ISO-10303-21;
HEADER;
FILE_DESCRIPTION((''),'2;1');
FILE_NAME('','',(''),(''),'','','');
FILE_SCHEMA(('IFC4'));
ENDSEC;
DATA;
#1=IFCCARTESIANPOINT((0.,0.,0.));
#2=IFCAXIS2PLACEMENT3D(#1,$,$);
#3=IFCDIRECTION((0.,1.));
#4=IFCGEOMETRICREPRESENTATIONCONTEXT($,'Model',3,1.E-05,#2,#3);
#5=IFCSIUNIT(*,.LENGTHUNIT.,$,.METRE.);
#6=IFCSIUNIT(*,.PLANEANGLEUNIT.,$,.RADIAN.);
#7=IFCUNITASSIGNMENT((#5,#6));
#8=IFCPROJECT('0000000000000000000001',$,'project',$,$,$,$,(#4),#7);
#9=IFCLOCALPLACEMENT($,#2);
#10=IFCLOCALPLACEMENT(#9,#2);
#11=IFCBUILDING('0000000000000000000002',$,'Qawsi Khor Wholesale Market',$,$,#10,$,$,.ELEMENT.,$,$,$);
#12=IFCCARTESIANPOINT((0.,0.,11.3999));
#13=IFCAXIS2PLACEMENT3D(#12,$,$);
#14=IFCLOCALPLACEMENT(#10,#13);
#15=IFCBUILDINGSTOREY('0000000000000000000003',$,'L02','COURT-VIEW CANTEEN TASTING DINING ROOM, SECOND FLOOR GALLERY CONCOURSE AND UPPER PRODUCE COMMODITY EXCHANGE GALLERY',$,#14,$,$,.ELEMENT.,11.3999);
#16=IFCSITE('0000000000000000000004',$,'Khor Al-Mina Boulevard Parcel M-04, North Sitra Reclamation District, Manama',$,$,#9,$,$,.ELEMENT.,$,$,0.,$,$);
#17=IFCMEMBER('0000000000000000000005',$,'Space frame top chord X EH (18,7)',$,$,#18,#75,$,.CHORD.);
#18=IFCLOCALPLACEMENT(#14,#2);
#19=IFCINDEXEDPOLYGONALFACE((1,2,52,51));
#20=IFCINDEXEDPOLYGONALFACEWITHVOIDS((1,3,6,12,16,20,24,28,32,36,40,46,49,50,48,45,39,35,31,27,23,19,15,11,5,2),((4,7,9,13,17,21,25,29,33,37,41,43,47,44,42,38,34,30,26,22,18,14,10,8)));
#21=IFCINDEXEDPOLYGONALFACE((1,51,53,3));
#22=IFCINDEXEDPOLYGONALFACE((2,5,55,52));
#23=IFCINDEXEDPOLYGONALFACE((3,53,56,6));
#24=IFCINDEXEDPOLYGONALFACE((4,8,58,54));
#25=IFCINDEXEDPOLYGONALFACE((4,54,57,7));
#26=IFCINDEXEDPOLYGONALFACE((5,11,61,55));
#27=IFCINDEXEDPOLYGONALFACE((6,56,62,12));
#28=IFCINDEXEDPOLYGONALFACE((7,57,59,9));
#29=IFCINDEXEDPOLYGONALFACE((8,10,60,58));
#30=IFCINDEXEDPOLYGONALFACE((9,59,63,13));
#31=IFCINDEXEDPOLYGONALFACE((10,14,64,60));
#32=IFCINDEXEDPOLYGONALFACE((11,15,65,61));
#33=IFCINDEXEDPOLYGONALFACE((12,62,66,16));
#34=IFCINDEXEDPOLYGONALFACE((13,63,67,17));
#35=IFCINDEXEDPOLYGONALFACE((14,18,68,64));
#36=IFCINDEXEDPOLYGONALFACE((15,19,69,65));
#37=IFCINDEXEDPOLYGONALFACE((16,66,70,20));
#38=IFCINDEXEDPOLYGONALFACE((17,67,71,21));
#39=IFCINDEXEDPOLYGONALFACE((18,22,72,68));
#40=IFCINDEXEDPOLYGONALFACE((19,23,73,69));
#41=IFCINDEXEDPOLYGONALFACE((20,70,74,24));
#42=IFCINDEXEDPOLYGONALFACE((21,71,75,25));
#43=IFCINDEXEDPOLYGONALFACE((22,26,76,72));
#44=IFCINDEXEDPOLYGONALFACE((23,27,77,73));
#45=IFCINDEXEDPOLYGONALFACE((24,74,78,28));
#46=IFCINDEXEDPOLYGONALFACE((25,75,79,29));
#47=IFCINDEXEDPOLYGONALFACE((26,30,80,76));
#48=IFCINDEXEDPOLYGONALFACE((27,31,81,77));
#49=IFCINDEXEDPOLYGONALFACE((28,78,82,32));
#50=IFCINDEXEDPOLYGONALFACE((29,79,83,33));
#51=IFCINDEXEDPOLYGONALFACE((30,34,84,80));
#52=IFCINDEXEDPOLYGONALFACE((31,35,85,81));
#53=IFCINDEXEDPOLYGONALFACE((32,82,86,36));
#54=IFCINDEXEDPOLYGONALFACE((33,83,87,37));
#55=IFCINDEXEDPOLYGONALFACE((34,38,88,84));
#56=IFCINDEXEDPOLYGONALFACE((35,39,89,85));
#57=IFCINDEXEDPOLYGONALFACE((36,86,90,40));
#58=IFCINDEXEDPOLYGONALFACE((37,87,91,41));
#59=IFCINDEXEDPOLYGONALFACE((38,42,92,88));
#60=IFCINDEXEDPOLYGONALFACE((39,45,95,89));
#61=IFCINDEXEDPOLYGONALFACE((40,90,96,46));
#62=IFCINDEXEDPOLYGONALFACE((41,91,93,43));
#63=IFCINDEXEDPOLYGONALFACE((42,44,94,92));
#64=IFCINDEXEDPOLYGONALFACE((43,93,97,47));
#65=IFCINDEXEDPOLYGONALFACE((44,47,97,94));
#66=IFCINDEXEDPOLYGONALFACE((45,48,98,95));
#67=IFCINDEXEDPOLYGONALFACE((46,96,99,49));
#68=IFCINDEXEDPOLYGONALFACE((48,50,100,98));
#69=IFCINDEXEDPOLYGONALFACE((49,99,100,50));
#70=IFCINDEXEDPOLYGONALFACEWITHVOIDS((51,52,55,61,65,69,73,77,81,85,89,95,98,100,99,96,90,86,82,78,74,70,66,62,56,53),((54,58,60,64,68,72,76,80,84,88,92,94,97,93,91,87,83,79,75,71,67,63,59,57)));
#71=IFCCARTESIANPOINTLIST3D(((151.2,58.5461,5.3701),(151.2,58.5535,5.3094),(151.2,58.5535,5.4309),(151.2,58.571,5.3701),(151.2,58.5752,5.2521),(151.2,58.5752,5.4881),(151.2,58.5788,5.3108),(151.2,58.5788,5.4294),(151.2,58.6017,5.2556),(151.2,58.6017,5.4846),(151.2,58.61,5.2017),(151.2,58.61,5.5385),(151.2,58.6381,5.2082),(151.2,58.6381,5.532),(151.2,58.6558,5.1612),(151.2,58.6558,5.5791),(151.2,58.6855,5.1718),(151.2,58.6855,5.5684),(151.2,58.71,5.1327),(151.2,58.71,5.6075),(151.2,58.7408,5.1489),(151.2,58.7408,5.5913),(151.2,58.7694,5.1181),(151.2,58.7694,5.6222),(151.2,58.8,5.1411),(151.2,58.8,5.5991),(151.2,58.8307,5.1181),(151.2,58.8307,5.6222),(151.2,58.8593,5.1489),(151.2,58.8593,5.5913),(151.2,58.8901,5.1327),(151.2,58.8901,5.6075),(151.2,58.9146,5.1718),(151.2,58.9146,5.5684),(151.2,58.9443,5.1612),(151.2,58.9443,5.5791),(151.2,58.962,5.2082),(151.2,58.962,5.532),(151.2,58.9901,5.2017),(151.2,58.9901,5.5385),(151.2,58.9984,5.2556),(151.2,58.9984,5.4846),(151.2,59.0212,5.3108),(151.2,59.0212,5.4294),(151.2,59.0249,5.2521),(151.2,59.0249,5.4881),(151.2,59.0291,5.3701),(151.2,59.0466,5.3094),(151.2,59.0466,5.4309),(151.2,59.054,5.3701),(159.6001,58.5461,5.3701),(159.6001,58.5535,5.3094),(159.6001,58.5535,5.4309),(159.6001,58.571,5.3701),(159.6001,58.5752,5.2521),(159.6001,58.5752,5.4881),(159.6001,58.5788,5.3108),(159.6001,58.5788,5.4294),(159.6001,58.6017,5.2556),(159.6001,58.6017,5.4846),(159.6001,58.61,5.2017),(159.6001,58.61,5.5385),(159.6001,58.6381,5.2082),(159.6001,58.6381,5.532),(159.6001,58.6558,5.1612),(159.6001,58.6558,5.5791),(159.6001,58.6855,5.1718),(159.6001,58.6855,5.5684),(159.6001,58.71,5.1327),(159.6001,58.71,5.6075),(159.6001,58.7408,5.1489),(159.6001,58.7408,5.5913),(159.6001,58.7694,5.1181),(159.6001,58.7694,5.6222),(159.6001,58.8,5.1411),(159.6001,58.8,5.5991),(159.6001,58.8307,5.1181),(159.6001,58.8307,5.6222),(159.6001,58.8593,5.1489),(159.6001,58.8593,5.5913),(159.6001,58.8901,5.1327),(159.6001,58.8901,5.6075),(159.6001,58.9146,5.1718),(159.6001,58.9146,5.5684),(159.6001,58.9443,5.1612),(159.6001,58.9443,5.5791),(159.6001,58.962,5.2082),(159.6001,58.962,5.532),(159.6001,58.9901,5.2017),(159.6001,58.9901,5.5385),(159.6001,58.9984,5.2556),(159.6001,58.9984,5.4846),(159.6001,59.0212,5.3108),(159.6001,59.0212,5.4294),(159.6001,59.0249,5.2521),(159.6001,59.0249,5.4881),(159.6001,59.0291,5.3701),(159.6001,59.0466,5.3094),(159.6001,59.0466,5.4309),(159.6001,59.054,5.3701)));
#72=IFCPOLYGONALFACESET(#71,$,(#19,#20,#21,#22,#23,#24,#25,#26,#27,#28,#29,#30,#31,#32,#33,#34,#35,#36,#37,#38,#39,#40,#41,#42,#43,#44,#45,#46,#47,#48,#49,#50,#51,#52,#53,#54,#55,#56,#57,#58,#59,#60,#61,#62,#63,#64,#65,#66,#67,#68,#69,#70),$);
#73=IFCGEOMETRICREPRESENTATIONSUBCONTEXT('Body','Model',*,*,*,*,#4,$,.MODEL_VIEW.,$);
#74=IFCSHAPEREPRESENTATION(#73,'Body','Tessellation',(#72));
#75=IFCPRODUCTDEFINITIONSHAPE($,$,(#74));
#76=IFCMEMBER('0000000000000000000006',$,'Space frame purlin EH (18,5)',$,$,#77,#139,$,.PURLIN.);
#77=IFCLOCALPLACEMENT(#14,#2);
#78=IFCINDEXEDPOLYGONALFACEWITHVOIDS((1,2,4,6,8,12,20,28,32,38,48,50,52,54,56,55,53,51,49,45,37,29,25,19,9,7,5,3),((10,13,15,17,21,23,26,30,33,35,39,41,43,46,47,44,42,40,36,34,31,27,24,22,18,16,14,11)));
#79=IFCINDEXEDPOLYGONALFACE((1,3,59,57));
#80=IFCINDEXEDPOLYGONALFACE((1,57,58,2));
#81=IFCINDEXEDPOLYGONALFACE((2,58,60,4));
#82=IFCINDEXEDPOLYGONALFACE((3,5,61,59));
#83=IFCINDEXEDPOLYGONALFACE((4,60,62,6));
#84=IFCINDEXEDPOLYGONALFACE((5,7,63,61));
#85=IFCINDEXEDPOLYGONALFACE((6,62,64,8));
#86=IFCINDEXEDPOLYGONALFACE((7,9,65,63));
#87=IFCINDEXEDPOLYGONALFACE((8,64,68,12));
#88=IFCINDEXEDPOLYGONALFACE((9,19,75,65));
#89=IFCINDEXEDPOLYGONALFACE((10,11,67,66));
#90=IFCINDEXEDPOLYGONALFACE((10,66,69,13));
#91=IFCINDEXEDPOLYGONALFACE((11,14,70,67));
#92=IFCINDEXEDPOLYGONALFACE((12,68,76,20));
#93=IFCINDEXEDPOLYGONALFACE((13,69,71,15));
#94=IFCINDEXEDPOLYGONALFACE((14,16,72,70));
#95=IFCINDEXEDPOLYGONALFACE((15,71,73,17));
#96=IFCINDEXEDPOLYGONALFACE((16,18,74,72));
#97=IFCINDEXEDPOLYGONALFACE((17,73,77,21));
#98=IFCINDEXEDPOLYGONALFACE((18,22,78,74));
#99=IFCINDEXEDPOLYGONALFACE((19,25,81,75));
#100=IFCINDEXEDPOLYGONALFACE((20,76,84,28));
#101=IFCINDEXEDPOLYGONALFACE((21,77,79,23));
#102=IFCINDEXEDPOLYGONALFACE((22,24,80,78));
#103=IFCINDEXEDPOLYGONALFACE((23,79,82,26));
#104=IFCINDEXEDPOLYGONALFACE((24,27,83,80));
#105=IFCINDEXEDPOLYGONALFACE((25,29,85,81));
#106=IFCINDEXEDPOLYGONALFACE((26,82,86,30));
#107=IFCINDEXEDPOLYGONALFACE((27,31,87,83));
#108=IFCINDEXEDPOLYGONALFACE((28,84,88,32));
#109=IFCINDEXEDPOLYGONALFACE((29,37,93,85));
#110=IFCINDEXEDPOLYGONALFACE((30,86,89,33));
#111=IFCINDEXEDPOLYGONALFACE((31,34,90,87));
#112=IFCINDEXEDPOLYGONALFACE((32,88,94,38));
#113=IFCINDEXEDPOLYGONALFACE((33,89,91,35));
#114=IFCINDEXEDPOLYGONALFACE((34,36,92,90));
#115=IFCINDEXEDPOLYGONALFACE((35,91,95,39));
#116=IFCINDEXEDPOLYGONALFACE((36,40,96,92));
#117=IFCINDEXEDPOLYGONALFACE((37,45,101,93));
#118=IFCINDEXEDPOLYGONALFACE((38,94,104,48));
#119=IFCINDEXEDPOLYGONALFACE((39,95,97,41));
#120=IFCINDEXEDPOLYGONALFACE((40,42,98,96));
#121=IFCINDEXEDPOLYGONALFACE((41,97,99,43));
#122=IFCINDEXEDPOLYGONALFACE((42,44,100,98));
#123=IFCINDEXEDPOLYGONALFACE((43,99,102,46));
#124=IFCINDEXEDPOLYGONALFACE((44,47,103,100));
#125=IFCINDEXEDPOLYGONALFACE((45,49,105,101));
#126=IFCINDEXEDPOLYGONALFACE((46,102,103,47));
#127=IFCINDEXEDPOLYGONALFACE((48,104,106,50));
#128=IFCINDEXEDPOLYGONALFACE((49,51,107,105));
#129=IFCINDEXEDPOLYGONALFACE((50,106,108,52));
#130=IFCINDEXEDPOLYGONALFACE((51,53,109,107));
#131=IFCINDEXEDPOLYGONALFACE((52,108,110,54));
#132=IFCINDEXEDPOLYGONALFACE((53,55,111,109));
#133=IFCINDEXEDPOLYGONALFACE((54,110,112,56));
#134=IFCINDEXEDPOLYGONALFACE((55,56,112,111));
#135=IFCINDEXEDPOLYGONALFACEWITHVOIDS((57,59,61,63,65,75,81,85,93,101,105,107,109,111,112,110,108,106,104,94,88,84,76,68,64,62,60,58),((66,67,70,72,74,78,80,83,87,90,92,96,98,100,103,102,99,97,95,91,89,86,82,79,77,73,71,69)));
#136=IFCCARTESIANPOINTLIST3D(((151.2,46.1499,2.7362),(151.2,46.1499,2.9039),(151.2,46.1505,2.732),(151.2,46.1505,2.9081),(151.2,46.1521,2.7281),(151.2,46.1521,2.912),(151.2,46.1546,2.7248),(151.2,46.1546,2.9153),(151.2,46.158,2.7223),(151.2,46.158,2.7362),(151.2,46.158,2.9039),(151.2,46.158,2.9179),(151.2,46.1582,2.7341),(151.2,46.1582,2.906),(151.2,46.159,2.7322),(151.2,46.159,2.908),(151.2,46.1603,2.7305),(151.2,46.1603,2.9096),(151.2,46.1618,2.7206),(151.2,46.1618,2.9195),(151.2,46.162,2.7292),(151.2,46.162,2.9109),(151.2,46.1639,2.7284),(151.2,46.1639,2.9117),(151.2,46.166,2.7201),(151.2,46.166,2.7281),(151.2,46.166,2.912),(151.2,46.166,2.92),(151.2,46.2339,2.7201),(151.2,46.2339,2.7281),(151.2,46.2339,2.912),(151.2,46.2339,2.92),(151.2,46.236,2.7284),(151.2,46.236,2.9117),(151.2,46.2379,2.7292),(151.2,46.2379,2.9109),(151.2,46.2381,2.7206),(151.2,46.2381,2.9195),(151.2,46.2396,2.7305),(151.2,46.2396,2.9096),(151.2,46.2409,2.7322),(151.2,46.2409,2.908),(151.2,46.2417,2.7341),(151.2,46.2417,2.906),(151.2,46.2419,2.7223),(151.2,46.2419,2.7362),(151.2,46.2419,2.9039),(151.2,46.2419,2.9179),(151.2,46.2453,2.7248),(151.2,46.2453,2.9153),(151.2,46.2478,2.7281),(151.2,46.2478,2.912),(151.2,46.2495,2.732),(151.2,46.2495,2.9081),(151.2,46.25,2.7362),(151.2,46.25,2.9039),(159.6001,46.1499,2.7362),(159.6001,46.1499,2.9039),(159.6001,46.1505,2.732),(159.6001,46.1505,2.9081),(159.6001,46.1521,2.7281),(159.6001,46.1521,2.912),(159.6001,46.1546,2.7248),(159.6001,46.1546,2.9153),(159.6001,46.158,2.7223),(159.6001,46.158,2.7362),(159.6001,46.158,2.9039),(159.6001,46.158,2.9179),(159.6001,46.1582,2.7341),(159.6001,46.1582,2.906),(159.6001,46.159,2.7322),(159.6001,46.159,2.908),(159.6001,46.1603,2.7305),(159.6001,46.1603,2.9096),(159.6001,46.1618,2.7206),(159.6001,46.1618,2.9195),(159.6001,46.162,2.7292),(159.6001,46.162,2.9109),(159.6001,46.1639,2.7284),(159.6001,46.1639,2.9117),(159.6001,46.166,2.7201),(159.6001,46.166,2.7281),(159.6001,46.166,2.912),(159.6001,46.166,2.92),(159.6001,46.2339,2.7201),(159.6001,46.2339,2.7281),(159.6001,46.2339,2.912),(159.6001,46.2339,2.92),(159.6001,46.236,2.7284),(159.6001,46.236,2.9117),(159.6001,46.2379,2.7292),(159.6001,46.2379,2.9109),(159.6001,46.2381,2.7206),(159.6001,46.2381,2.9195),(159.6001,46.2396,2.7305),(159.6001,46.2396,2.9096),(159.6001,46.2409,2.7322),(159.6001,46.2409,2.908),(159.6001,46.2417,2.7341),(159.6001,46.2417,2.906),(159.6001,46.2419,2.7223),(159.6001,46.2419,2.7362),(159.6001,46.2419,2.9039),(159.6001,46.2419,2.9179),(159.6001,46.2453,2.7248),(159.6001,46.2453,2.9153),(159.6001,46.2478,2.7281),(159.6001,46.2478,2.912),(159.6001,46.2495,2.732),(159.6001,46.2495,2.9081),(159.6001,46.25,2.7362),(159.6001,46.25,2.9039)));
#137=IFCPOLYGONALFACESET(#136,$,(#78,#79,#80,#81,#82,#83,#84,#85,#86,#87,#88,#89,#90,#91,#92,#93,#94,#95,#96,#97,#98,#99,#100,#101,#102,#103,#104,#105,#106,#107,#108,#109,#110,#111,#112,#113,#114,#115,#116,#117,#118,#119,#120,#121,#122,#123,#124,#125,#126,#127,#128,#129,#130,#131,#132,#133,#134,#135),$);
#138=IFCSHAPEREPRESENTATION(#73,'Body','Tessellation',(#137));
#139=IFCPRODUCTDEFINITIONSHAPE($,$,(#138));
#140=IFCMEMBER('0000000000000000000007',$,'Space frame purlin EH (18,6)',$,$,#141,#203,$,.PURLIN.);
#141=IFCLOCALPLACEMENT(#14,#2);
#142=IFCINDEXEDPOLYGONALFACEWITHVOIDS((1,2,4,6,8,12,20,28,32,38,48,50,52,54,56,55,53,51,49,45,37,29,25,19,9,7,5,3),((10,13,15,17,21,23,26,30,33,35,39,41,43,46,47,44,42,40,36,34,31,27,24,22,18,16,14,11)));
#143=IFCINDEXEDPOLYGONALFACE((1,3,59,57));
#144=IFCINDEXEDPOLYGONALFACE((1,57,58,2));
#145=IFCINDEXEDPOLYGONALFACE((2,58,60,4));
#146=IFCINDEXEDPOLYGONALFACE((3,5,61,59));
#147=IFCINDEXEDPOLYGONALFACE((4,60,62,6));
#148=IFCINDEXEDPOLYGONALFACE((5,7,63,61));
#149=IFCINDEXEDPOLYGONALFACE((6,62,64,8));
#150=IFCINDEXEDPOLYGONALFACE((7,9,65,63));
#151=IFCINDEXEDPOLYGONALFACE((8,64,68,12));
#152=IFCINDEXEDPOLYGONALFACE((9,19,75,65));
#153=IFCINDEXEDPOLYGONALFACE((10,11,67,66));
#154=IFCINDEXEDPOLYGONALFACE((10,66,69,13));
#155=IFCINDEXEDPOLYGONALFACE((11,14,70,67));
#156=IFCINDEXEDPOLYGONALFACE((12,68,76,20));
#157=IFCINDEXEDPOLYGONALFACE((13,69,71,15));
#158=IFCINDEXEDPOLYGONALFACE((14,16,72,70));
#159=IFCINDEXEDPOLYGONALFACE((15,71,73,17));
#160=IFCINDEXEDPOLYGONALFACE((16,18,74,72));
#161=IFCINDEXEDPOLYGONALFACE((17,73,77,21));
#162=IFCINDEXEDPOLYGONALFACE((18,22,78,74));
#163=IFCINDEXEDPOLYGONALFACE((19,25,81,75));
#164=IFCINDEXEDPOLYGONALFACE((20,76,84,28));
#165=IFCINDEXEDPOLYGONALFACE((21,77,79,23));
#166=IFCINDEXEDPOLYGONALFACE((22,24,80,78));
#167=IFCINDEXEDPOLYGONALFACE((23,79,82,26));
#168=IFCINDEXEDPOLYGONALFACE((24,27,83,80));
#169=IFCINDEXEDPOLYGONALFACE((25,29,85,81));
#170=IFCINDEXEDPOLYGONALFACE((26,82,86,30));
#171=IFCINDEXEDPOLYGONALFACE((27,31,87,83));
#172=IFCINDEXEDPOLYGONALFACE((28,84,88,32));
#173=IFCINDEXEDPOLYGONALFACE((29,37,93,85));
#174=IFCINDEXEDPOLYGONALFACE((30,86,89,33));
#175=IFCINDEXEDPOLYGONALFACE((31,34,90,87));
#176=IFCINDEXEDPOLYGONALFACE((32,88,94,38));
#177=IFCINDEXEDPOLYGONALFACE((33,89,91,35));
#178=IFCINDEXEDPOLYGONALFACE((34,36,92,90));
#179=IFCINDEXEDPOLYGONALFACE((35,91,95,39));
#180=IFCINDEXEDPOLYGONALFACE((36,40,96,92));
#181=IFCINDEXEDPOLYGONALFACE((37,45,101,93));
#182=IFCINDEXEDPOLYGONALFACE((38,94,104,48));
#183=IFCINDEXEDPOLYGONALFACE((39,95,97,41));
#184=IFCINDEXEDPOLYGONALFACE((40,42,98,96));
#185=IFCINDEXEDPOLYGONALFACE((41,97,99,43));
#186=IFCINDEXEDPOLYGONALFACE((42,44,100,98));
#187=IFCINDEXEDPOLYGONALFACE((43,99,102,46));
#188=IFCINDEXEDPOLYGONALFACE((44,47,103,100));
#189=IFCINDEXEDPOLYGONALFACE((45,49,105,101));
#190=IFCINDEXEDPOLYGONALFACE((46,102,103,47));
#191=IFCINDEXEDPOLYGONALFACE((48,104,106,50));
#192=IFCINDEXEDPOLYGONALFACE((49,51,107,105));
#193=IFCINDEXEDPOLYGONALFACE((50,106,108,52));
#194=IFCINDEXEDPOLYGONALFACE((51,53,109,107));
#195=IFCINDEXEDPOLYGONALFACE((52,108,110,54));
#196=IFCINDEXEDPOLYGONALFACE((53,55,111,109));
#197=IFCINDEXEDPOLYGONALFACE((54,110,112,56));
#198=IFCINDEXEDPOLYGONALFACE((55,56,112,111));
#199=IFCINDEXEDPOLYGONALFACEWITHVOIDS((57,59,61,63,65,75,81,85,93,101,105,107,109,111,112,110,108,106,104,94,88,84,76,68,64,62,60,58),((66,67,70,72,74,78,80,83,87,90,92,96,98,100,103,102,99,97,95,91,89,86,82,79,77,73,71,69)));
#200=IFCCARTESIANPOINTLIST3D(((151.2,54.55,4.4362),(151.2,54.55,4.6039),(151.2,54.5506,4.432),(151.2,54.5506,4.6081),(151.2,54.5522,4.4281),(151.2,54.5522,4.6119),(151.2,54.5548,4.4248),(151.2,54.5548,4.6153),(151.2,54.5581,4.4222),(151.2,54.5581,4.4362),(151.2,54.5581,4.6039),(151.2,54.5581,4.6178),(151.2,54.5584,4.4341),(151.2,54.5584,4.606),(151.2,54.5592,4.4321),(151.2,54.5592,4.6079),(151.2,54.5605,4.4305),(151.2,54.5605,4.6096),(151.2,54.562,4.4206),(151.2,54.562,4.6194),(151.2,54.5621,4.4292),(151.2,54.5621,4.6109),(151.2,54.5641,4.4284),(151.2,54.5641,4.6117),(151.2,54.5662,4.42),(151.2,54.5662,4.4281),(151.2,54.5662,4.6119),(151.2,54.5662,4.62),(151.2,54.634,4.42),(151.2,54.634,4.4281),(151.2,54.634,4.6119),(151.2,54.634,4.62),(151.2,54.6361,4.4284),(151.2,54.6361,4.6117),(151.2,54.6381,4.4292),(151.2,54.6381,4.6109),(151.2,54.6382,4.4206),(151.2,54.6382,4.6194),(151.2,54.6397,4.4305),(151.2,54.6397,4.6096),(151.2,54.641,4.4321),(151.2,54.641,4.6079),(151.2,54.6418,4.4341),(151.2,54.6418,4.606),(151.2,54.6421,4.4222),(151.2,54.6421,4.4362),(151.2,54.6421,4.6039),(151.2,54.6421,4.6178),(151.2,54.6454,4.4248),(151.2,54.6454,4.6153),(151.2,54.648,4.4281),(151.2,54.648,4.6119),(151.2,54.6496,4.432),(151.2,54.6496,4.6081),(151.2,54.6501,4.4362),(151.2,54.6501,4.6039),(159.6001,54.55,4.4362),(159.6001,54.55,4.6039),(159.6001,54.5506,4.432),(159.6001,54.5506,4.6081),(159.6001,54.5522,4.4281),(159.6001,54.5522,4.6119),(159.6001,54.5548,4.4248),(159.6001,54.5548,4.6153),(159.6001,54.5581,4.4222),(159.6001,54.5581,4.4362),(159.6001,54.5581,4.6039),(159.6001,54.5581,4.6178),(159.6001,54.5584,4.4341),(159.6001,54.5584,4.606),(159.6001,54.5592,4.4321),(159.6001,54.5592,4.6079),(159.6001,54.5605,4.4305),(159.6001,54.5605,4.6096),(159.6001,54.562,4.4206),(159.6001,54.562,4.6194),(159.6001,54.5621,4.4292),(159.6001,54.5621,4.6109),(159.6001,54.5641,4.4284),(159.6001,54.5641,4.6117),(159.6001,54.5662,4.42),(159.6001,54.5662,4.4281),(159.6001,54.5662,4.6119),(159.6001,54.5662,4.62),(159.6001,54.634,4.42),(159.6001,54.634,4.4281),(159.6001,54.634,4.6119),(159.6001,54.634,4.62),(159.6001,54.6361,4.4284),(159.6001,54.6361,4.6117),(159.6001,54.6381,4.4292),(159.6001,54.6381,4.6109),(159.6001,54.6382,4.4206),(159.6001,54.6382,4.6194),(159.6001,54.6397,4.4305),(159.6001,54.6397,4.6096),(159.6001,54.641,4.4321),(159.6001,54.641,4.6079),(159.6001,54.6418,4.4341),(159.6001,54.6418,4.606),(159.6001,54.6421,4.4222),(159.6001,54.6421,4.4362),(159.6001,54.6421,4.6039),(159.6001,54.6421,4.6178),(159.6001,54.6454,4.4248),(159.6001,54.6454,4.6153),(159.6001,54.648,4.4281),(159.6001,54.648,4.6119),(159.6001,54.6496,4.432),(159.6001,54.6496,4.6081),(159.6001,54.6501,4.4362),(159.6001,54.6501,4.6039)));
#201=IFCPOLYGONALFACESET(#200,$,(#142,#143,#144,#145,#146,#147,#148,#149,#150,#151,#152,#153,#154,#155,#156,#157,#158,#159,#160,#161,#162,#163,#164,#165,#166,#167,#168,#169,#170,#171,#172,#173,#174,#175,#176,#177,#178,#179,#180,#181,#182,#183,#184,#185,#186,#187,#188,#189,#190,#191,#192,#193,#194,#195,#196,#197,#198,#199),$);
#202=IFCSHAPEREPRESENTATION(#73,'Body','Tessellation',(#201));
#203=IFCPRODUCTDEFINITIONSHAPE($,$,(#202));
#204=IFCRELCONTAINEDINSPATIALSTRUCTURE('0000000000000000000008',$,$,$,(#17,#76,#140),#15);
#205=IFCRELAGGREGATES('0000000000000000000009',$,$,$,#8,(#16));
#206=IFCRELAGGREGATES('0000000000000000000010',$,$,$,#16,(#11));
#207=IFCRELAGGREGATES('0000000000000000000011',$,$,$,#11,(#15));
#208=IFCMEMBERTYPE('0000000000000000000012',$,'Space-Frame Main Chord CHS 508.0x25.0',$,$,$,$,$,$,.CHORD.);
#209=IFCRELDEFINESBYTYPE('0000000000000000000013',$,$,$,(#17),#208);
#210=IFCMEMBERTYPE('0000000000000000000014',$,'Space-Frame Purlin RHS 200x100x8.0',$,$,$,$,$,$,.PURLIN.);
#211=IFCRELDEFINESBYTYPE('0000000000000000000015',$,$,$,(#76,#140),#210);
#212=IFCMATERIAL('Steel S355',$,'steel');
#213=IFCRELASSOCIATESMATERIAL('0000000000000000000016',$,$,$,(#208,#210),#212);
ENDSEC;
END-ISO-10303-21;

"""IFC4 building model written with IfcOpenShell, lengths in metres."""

from ifc_helpers import new_model, si_unit, direction, frame, origin, origin_2d, place, context, subcontext, project, spatial, hollow_rectangle, hollow_circle, extrude, material, material_profile, profile_set, type_object, element, save


model = new_model("IFC4")

# Units and contexts
model_context = context("Model", 3, precision=1e-05, world=origin(), true_north=direction((0.0, 1.0)))
body_context = subcontext(model_context, "Body", "Model", "MODEL_VIEW")
ifc_project = project(units=[si_unit("LENGTHUNIT", "METRE"), si_unit("PLANEANGLEUNIT", "RADIAN")], contexts=[model_context])

# Site, building, storey
site_placement = place(None, origin())
site = spatial("IfcSite", under=ifc_project, at=site_placement, Name="Khor Al-Mina Boulevard Parcel M-04, North Sitra Reclamation District, Manama", CompositionType="ELEMENT", RefElevation=0.0)
building_placement = place(site_placement, origin())
building = spatial("IfcBuilding", under=site, at=building_placement, Name="Qawsi Khor Wholesale Market", CompositionType="ELEMENT")
storey_placement = place(building_placement, frame((0.0, 0.0, 11.3999)))
storey = spatial("IfcBuildingStorey", under=building, at=storey_placement, Name="L02", Description="COURT-VIEW CANTEEN TASTING DINING ROOM, SECOND FLOOR GALLERY CONCOURSE AND UPPER PRODUCE COMMODITY EXCHANGE GALLERY", CompositionType="ELEMENT", Elevation=11.3999)

# Members
ifc_material_1 = material(Name="Steel S355", Category="steel")
ifc_material_profile_1 = material_profile(ifc_material_1, hollow_circle(Radius=0.2539, WallThickness=0.0249, at=origin_2d()), Name="CHS 508.0x25.0")
ifc_profile_set_1 = profile_set([ifc_material_profile_1], Name="Steel S355")
member_type_1 = type_object("IfcMemberType", Name="Space-Frame Main Chord CHS 508.0x25.0", PredefinedType="CHORD", material=ifc_profile_set_1)
member_1_placement = place(storey_placement, frame((151.2, 58.8, 5.3701), z_axis=(1.0, 0.0, 0.0), x_axis=(0.0, 1.0, 0.0)))
element("IfcMember", 1, at=member_1_placement, inside=storey, type_object=member_type_1, Name="Space frame top chord X EH (18,7)", PredefinedType="CHORD", context=body_context, shape_type="SweptSolid", body=[
    extrude(hollow_circle(Radius=0.2539, WallThickness=0.0249, at=origin_2d()), origin(), (0.0, 0.0, 1.0), 8.4001),
])
ifc_material_profile_2 = material_profile(ifc_material_1, hollow_rectangle(XDim=0.1001, YDim=0.2, WallThickness=0.0081, InnerFilletRadius=0.0081, OuterFilletRadius=0.0161, at=origin_2d()), Name="RHS 200x100x8.0")
ifc_profile_set_2 = profile_set([ifc_material_profile_2], Name="Steel S355")
member_type_2 = type_object("IfcMemberType", Name="Space-Frame Purlin RHS 200x100x8.0", PredefinedType="PURLIN", material=ifc_profile_set_2)
for number, where, z_axis, x_axis, name in (
    (2, (151.2, 46.2, 2.8201), (1.0, 0.0, 0.0), (0.0, 1.0, 0.0), "Space frame purlin EH (18,5)"),
    (3, (151.2, 54.6001, 4.52), (1.0, 0.0, 0.0), (0.0, 1.0, 0.0), "Space frame purlin EH (18,6)"),
):
    element("IfcMember", number, at=place(storey_placement, frame(where, z_axis=z_axis, x_axis=x_axis)), inside=storey, type_object=member_type_2, Name=name, PredefinedType="PURLIN", context=body_context, shape_type="SweptSolid", body=[
        extrude(hollow_rectangle(XDim=0.1001, YDim=0.2, WallThickness=0.0081, InnerFilletRadius=0.0081, OuterFilletRadius=0.0161, at=origin_2d()), origin(), (0.0, 0.0, 1.0), 8.4001),
    ])

save(model, "model.ifc")
